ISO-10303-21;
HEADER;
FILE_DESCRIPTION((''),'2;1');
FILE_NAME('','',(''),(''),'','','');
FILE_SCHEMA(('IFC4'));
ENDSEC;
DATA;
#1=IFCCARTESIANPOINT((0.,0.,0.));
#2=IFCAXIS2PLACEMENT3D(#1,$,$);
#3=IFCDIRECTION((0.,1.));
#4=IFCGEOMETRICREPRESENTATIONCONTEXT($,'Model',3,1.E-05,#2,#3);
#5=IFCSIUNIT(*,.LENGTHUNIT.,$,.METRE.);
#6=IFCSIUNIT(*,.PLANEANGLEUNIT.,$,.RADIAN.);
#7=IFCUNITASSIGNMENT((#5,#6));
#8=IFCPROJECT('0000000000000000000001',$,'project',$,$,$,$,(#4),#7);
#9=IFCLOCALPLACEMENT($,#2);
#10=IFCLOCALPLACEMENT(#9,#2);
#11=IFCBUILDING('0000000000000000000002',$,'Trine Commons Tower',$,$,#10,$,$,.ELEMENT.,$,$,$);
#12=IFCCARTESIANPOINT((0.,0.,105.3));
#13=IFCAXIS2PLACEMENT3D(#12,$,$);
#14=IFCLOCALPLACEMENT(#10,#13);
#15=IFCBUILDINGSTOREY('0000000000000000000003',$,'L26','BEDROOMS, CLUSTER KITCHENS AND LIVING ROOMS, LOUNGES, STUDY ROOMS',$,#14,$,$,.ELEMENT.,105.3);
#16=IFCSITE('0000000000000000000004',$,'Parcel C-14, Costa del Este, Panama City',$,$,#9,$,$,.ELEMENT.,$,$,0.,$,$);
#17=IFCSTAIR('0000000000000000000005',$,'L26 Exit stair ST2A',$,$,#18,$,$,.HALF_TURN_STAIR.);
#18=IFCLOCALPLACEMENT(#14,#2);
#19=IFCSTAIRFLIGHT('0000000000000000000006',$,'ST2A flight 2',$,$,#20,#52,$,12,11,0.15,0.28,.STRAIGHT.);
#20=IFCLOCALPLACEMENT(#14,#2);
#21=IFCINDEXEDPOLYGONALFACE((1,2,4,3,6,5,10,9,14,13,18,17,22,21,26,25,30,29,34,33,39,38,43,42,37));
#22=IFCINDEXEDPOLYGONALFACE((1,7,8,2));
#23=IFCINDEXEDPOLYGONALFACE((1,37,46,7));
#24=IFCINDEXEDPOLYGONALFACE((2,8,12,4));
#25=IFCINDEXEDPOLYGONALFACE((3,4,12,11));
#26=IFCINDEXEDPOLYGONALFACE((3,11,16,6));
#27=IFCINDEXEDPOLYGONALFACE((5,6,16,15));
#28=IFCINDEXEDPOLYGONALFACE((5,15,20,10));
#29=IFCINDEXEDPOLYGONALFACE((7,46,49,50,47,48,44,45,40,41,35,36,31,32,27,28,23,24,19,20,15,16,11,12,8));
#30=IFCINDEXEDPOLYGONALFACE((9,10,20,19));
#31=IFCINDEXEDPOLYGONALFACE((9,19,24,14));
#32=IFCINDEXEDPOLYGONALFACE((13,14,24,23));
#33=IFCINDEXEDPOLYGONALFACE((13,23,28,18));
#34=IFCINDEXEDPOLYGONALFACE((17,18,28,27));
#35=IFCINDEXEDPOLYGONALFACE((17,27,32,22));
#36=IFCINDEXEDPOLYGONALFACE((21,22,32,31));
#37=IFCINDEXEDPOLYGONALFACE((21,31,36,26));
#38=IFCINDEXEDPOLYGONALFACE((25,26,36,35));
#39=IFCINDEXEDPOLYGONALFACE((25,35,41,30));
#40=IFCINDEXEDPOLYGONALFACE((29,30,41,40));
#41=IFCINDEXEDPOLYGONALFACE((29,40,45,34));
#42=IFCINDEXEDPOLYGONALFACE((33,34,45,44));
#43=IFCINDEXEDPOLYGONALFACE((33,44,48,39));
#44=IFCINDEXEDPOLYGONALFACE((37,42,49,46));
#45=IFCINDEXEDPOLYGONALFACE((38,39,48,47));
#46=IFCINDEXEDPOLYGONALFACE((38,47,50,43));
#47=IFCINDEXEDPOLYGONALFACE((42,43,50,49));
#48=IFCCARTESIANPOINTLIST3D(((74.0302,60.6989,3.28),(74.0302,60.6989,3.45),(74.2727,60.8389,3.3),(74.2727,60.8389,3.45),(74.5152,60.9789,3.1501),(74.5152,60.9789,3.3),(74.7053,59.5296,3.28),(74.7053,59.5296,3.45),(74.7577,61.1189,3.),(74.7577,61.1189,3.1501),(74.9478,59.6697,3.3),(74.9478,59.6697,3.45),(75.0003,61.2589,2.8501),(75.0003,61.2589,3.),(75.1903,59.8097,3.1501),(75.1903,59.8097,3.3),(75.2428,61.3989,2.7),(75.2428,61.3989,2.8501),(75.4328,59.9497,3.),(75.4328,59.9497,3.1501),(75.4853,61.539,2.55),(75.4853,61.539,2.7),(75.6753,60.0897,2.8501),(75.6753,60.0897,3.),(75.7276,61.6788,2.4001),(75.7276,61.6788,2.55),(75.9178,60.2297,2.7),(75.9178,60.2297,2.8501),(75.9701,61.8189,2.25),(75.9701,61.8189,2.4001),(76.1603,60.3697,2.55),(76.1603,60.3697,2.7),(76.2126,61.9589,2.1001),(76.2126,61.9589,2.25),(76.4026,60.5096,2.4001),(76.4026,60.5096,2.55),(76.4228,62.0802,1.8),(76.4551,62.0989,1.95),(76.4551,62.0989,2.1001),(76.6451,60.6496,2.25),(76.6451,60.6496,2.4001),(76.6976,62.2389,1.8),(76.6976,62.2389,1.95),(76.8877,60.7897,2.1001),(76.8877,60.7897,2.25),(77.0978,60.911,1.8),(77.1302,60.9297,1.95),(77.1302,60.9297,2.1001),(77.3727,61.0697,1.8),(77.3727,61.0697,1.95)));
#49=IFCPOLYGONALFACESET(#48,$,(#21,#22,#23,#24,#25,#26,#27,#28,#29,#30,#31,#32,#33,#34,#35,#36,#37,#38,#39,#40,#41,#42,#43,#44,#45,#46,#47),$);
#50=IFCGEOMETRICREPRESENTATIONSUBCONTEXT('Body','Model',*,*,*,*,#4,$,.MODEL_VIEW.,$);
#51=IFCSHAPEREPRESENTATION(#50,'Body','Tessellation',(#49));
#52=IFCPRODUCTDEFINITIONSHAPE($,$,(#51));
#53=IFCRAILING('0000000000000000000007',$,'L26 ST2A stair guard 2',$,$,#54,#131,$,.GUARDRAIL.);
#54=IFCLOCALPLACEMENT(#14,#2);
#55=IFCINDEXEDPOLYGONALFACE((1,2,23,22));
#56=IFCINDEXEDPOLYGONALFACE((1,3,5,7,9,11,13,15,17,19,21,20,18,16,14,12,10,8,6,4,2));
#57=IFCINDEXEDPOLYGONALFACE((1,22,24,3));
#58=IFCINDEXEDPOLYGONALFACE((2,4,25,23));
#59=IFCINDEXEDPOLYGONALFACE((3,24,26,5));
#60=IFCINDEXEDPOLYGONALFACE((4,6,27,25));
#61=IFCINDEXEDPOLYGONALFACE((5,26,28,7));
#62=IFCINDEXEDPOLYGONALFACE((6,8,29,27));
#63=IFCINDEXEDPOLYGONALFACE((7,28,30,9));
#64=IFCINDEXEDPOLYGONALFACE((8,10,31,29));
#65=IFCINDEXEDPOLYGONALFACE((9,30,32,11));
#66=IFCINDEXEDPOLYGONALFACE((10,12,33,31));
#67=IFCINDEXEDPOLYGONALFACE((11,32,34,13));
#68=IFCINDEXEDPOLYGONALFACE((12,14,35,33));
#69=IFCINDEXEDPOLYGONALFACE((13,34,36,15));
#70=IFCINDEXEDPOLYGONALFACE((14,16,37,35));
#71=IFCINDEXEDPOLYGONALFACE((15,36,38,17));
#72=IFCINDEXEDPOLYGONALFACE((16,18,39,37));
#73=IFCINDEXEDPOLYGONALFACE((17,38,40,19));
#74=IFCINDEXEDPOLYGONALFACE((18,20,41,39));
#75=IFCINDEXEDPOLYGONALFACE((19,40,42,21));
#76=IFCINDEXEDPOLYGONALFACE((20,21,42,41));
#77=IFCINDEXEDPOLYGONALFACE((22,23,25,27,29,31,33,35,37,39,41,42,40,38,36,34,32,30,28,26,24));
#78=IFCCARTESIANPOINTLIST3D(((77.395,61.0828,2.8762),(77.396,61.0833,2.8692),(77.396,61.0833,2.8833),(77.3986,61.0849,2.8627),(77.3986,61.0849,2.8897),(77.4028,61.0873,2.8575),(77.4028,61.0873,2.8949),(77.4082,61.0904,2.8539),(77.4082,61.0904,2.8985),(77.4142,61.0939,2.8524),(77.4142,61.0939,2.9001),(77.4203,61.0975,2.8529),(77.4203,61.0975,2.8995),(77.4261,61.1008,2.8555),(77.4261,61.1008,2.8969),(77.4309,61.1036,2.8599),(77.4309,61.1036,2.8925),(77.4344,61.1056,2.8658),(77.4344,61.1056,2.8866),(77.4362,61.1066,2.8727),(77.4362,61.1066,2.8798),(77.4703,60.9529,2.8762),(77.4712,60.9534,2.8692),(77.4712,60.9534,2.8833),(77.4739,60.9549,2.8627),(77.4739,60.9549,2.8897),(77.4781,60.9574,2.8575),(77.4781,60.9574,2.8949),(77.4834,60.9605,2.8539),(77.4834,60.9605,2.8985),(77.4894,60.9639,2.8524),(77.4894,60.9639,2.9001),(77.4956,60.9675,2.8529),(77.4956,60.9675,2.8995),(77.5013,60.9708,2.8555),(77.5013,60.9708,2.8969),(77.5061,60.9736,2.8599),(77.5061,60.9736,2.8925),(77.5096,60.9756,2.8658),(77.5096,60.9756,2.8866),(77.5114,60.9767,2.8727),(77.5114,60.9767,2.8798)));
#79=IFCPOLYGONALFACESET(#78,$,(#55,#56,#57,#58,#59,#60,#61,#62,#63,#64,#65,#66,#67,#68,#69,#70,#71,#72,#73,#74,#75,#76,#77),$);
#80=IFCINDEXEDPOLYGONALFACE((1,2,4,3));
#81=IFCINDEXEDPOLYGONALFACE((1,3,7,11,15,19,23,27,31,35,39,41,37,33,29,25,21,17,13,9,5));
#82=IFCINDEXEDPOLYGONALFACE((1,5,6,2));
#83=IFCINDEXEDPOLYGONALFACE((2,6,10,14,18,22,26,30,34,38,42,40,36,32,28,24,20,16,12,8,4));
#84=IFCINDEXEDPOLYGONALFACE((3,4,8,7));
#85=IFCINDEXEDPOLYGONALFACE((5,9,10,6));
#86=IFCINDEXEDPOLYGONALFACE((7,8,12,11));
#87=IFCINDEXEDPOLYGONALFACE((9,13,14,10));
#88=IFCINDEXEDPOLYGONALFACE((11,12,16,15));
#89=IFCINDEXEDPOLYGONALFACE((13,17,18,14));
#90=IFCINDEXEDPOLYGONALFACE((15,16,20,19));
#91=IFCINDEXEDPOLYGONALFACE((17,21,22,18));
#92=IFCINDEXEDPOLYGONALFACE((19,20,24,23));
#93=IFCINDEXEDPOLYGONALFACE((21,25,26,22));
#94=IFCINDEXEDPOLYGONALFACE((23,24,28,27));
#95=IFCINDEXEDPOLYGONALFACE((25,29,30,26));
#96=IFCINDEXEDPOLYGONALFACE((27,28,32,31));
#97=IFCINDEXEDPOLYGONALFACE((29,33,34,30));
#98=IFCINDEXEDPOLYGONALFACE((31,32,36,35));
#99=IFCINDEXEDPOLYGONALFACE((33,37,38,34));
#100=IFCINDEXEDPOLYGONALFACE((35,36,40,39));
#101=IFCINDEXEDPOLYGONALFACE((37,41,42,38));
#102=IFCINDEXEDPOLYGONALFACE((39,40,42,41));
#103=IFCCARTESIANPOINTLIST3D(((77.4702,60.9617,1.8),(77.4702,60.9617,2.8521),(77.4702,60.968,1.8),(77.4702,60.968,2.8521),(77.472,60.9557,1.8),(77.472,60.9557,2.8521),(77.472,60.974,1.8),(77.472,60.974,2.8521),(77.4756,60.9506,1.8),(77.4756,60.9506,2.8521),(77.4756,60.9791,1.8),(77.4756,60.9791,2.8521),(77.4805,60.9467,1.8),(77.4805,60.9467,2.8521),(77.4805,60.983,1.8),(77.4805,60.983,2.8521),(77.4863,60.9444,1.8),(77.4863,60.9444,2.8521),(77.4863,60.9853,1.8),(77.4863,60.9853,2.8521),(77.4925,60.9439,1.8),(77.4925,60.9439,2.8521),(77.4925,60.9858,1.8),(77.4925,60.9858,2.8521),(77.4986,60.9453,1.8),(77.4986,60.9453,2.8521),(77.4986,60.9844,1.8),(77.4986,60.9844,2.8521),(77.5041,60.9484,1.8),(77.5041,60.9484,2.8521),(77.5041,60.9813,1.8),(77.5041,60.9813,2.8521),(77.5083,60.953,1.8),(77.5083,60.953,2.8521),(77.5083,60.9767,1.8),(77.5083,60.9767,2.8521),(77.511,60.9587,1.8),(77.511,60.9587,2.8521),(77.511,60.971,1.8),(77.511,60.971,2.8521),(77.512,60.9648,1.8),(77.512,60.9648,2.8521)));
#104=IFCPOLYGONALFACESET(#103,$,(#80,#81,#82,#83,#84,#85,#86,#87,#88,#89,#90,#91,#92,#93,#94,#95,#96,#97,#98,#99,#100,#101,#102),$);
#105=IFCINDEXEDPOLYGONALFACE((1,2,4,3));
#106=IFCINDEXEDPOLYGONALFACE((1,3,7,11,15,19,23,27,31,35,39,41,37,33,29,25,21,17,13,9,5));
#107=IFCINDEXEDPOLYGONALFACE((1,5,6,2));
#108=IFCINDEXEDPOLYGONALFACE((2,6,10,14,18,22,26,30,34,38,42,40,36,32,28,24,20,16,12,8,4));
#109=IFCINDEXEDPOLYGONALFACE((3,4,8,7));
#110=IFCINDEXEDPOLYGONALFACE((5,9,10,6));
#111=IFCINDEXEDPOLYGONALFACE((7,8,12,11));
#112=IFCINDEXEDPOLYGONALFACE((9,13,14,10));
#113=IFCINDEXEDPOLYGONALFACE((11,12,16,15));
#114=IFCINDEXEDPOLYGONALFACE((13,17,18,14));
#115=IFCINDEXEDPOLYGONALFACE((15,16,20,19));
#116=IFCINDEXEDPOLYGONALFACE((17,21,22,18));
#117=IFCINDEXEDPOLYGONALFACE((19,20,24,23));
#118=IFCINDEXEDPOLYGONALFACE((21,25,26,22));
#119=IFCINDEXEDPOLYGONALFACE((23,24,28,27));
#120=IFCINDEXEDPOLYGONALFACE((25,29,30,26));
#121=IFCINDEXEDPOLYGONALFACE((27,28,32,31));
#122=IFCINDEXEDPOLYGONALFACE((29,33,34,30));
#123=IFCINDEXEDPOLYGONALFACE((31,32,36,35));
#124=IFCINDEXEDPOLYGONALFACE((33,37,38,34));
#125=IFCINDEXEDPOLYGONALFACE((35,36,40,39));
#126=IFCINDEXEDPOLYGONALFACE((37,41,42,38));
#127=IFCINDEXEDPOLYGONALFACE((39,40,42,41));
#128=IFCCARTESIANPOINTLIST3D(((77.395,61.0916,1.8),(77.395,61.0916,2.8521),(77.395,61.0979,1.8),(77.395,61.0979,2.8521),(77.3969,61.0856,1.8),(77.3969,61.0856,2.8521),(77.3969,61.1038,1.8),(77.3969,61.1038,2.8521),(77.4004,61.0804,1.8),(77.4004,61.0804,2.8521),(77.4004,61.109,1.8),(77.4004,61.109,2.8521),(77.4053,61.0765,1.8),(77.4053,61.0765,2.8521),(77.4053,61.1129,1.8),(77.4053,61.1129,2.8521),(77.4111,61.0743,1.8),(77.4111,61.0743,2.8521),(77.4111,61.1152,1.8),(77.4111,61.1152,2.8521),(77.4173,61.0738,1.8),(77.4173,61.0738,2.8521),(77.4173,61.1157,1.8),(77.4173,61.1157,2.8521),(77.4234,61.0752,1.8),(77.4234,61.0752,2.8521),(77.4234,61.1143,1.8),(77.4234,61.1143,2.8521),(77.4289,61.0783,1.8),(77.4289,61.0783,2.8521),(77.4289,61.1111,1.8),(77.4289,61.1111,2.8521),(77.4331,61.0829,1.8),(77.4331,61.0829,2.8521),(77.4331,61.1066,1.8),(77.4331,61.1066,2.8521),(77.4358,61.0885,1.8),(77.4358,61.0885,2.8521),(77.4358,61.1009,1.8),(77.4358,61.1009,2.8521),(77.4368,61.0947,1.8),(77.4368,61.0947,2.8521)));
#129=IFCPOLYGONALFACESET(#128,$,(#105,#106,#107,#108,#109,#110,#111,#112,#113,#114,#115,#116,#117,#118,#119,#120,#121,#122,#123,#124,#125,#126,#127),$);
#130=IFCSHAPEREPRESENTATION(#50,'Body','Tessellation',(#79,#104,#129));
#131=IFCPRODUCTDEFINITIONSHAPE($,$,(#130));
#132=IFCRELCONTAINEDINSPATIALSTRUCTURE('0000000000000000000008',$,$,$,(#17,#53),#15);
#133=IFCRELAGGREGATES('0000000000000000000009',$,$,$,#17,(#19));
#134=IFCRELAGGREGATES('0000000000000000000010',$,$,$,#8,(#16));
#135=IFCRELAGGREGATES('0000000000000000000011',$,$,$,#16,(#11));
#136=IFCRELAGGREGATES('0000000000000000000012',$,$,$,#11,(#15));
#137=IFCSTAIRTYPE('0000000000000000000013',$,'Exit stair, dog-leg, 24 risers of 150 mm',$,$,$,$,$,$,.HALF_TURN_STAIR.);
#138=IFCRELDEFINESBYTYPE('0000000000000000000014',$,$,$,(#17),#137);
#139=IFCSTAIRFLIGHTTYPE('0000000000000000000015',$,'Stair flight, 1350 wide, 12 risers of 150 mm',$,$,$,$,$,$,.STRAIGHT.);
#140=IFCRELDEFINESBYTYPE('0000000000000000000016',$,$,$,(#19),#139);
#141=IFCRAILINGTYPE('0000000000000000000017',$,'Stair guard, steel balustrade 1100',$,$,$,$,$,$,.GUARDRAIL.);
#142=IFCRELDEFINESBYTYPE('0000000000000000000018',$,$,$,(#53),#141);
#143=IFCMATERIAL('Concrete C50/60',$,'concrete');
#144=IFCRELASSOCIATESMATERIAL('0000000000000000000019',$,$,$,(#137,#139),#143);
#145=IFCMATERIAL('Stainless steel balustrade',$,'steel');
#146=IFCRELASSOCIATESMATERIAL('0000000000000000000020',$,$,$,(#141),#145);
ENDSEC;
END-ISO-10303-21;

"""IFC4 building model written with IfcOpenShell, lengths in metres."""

from ifc_helpers import new_model, si_unit, direction, frame, origin, origin_2d, place, context, subcontext, project, spatial, polyline, circle, outline, extrude, material, type_object, element, aggregate, save


model = new_model("IFC4")

# Units and contexts
model_context = context("Model", 3, precision=1e-05, world=origin(), true_north=direction((0.0, 1.0)))
body_context = subcontext(model_context, "Body", "Model", "MODEL_VIEW")
ifc_project = project(units=[si_unit("LENGTHUNIT", "METRE"), si_unit("PLANEANGLEUNIT", "RADIAN")], contexts=[model_context])

# Site, building, storey
site_placement = place(None, origin())
site = spatial("IfcSite", under=ifc_project, at=site_placement, Name="Parcel C-14, Costa del Este, Panama City", CompositionType="ELEMENT", RefElevation=0.0)
building_placement = place(site_placement, origin())
building = spatial("IfcBuilding", under=site, at=building_placement, Name="Trine Commons Tower", CompositionType="ELEMENT")
storey_placement = place(building_placement, frame((0.0, 0.0, 105.3)))
storey = spatial("IfcBuildingStorey", under=building, at=storey_placement, Name="L26", Description="BEDROOMS, CLUSTER KITCHENS AND LIVING ROOMS, LOUNGES, STUDY ROOMS", CompositionType="ELEMENT", Elevation=105.3)

# Stair, stair flight
ifc_material_1 = material(Name="Concrete C50/60", Category="concrete")
stair_type = type_object("IfcStairType", Name="Exit stair, dog-leg, 24 risers of 150 mm", PredefinedType="HALF_TURN_STAIR", material=ifc_material_1)
stair_placement = place(storey_placement, origin())
stair = element("IfcStair", 1, at=stair_placement, inside=storey, type_object=stair_type, Name="L26 Exit stair ST2A", PredefinedType="HALF_TURN_STAIR")
stair_flight_type = type_object("IfcStairFlightType", Name="Stair flight, 1350 wide, 12 risers of 150 mm", PredefinedType="STRAIGHT", material=ifc_material_1)
stair_flight_placement = place(storey_placement, frame((77.0352, 61.6543, 1.8), z_axis=(0.0, 0.0, 1.0), x_axis=(-0.866025, -0.5, 0.0)))
stair_flight = element("IfcStairFlight", 2, at=stair_flight_placement, type_object=stair_flight_type, Name="ST2A flight 2", NumberOfRisers=12, NumberOfTreads=11, PredefinedType="STRAIGHT", RiserHeight=0.15, TreadLength=0.28, context=body_context, shape_type="SweptSolid", body=[
    extrude(outline(polyline([(0.0, 0.0), (0.0, 0.1499), (0.28, 0.1499), (0.28, 0.3), (0.5601, 0.3), (0.5601, 0.45), (0.8401, 0.45), (0.8401, 0.6001), (1.1201, 0.6001), (1.1201, 0.75), (1.3999, 0.75), (1.3999, 0.8999), (1.6799, 0.8999), (1.6799, 1.05), (1.96, 1.05), (1.96, 1.2), (2.24, 1.2), (2.24, 1.3501), (2.52, 1.3501), (2.52, 1.5), (2.8, 1.5), (2.8, 1.6499), (3.0801, 1.6499), (3.0801, 1.8), (3.0801, 1.48), (0.3174, 0.0), (0.0, 0.0)])), frame((0.0, 0.675, 0.0), z_axis=(0.0, -1.0, 0.0), x_axis=(1.0, 0.0, 0.0)), (0.0, 0.0, 1.0), 1.3501),
])
aggregate(stair, [stair_flight])

# Railing
ifc_material_2 = material(Name="Stainless steel balustrade", Category="steel")
railing_type_1 = type_object("IfcRailingType", Name="Stair guard, steel balustrade 1100", PredefinedType="GUARDRAIL", material=ifc_material_2)
railing_1_placement = place(storey_placement, frame((77.491, 60.9648, 1.8)))
element("IfcRailing", 3, at=railing_1_placement, inside=storey, type_object=railing_type_1, Name="L26 ST2A stair guard 2", PredefinedType="GUARDRAIL", context=body_context, shape_type="SweptSolid", body=[
    extrude(circle(Radius=0.0239, at=origin_2d()), frame((0.0, 0.0, 1.0762), z_axis=(-0.501036, 0.865426, 0.0), x_axis=(-0.865426, -0.501036, 0.0)), (0.0, 0.0, 1.0), 0.1501),
    extrude(circle(Radius=0.021, at=origin_2d()), origin(), (0.0, 0.0, 1.0), 1.052),
    extrude(circle(Radius=0.021, at=origin_2d()), frame((-0.0752, 0.1299, 0.0)), (0.0, 0.0, 1.0), 1.052),
])

save(model, "model.ifc")
